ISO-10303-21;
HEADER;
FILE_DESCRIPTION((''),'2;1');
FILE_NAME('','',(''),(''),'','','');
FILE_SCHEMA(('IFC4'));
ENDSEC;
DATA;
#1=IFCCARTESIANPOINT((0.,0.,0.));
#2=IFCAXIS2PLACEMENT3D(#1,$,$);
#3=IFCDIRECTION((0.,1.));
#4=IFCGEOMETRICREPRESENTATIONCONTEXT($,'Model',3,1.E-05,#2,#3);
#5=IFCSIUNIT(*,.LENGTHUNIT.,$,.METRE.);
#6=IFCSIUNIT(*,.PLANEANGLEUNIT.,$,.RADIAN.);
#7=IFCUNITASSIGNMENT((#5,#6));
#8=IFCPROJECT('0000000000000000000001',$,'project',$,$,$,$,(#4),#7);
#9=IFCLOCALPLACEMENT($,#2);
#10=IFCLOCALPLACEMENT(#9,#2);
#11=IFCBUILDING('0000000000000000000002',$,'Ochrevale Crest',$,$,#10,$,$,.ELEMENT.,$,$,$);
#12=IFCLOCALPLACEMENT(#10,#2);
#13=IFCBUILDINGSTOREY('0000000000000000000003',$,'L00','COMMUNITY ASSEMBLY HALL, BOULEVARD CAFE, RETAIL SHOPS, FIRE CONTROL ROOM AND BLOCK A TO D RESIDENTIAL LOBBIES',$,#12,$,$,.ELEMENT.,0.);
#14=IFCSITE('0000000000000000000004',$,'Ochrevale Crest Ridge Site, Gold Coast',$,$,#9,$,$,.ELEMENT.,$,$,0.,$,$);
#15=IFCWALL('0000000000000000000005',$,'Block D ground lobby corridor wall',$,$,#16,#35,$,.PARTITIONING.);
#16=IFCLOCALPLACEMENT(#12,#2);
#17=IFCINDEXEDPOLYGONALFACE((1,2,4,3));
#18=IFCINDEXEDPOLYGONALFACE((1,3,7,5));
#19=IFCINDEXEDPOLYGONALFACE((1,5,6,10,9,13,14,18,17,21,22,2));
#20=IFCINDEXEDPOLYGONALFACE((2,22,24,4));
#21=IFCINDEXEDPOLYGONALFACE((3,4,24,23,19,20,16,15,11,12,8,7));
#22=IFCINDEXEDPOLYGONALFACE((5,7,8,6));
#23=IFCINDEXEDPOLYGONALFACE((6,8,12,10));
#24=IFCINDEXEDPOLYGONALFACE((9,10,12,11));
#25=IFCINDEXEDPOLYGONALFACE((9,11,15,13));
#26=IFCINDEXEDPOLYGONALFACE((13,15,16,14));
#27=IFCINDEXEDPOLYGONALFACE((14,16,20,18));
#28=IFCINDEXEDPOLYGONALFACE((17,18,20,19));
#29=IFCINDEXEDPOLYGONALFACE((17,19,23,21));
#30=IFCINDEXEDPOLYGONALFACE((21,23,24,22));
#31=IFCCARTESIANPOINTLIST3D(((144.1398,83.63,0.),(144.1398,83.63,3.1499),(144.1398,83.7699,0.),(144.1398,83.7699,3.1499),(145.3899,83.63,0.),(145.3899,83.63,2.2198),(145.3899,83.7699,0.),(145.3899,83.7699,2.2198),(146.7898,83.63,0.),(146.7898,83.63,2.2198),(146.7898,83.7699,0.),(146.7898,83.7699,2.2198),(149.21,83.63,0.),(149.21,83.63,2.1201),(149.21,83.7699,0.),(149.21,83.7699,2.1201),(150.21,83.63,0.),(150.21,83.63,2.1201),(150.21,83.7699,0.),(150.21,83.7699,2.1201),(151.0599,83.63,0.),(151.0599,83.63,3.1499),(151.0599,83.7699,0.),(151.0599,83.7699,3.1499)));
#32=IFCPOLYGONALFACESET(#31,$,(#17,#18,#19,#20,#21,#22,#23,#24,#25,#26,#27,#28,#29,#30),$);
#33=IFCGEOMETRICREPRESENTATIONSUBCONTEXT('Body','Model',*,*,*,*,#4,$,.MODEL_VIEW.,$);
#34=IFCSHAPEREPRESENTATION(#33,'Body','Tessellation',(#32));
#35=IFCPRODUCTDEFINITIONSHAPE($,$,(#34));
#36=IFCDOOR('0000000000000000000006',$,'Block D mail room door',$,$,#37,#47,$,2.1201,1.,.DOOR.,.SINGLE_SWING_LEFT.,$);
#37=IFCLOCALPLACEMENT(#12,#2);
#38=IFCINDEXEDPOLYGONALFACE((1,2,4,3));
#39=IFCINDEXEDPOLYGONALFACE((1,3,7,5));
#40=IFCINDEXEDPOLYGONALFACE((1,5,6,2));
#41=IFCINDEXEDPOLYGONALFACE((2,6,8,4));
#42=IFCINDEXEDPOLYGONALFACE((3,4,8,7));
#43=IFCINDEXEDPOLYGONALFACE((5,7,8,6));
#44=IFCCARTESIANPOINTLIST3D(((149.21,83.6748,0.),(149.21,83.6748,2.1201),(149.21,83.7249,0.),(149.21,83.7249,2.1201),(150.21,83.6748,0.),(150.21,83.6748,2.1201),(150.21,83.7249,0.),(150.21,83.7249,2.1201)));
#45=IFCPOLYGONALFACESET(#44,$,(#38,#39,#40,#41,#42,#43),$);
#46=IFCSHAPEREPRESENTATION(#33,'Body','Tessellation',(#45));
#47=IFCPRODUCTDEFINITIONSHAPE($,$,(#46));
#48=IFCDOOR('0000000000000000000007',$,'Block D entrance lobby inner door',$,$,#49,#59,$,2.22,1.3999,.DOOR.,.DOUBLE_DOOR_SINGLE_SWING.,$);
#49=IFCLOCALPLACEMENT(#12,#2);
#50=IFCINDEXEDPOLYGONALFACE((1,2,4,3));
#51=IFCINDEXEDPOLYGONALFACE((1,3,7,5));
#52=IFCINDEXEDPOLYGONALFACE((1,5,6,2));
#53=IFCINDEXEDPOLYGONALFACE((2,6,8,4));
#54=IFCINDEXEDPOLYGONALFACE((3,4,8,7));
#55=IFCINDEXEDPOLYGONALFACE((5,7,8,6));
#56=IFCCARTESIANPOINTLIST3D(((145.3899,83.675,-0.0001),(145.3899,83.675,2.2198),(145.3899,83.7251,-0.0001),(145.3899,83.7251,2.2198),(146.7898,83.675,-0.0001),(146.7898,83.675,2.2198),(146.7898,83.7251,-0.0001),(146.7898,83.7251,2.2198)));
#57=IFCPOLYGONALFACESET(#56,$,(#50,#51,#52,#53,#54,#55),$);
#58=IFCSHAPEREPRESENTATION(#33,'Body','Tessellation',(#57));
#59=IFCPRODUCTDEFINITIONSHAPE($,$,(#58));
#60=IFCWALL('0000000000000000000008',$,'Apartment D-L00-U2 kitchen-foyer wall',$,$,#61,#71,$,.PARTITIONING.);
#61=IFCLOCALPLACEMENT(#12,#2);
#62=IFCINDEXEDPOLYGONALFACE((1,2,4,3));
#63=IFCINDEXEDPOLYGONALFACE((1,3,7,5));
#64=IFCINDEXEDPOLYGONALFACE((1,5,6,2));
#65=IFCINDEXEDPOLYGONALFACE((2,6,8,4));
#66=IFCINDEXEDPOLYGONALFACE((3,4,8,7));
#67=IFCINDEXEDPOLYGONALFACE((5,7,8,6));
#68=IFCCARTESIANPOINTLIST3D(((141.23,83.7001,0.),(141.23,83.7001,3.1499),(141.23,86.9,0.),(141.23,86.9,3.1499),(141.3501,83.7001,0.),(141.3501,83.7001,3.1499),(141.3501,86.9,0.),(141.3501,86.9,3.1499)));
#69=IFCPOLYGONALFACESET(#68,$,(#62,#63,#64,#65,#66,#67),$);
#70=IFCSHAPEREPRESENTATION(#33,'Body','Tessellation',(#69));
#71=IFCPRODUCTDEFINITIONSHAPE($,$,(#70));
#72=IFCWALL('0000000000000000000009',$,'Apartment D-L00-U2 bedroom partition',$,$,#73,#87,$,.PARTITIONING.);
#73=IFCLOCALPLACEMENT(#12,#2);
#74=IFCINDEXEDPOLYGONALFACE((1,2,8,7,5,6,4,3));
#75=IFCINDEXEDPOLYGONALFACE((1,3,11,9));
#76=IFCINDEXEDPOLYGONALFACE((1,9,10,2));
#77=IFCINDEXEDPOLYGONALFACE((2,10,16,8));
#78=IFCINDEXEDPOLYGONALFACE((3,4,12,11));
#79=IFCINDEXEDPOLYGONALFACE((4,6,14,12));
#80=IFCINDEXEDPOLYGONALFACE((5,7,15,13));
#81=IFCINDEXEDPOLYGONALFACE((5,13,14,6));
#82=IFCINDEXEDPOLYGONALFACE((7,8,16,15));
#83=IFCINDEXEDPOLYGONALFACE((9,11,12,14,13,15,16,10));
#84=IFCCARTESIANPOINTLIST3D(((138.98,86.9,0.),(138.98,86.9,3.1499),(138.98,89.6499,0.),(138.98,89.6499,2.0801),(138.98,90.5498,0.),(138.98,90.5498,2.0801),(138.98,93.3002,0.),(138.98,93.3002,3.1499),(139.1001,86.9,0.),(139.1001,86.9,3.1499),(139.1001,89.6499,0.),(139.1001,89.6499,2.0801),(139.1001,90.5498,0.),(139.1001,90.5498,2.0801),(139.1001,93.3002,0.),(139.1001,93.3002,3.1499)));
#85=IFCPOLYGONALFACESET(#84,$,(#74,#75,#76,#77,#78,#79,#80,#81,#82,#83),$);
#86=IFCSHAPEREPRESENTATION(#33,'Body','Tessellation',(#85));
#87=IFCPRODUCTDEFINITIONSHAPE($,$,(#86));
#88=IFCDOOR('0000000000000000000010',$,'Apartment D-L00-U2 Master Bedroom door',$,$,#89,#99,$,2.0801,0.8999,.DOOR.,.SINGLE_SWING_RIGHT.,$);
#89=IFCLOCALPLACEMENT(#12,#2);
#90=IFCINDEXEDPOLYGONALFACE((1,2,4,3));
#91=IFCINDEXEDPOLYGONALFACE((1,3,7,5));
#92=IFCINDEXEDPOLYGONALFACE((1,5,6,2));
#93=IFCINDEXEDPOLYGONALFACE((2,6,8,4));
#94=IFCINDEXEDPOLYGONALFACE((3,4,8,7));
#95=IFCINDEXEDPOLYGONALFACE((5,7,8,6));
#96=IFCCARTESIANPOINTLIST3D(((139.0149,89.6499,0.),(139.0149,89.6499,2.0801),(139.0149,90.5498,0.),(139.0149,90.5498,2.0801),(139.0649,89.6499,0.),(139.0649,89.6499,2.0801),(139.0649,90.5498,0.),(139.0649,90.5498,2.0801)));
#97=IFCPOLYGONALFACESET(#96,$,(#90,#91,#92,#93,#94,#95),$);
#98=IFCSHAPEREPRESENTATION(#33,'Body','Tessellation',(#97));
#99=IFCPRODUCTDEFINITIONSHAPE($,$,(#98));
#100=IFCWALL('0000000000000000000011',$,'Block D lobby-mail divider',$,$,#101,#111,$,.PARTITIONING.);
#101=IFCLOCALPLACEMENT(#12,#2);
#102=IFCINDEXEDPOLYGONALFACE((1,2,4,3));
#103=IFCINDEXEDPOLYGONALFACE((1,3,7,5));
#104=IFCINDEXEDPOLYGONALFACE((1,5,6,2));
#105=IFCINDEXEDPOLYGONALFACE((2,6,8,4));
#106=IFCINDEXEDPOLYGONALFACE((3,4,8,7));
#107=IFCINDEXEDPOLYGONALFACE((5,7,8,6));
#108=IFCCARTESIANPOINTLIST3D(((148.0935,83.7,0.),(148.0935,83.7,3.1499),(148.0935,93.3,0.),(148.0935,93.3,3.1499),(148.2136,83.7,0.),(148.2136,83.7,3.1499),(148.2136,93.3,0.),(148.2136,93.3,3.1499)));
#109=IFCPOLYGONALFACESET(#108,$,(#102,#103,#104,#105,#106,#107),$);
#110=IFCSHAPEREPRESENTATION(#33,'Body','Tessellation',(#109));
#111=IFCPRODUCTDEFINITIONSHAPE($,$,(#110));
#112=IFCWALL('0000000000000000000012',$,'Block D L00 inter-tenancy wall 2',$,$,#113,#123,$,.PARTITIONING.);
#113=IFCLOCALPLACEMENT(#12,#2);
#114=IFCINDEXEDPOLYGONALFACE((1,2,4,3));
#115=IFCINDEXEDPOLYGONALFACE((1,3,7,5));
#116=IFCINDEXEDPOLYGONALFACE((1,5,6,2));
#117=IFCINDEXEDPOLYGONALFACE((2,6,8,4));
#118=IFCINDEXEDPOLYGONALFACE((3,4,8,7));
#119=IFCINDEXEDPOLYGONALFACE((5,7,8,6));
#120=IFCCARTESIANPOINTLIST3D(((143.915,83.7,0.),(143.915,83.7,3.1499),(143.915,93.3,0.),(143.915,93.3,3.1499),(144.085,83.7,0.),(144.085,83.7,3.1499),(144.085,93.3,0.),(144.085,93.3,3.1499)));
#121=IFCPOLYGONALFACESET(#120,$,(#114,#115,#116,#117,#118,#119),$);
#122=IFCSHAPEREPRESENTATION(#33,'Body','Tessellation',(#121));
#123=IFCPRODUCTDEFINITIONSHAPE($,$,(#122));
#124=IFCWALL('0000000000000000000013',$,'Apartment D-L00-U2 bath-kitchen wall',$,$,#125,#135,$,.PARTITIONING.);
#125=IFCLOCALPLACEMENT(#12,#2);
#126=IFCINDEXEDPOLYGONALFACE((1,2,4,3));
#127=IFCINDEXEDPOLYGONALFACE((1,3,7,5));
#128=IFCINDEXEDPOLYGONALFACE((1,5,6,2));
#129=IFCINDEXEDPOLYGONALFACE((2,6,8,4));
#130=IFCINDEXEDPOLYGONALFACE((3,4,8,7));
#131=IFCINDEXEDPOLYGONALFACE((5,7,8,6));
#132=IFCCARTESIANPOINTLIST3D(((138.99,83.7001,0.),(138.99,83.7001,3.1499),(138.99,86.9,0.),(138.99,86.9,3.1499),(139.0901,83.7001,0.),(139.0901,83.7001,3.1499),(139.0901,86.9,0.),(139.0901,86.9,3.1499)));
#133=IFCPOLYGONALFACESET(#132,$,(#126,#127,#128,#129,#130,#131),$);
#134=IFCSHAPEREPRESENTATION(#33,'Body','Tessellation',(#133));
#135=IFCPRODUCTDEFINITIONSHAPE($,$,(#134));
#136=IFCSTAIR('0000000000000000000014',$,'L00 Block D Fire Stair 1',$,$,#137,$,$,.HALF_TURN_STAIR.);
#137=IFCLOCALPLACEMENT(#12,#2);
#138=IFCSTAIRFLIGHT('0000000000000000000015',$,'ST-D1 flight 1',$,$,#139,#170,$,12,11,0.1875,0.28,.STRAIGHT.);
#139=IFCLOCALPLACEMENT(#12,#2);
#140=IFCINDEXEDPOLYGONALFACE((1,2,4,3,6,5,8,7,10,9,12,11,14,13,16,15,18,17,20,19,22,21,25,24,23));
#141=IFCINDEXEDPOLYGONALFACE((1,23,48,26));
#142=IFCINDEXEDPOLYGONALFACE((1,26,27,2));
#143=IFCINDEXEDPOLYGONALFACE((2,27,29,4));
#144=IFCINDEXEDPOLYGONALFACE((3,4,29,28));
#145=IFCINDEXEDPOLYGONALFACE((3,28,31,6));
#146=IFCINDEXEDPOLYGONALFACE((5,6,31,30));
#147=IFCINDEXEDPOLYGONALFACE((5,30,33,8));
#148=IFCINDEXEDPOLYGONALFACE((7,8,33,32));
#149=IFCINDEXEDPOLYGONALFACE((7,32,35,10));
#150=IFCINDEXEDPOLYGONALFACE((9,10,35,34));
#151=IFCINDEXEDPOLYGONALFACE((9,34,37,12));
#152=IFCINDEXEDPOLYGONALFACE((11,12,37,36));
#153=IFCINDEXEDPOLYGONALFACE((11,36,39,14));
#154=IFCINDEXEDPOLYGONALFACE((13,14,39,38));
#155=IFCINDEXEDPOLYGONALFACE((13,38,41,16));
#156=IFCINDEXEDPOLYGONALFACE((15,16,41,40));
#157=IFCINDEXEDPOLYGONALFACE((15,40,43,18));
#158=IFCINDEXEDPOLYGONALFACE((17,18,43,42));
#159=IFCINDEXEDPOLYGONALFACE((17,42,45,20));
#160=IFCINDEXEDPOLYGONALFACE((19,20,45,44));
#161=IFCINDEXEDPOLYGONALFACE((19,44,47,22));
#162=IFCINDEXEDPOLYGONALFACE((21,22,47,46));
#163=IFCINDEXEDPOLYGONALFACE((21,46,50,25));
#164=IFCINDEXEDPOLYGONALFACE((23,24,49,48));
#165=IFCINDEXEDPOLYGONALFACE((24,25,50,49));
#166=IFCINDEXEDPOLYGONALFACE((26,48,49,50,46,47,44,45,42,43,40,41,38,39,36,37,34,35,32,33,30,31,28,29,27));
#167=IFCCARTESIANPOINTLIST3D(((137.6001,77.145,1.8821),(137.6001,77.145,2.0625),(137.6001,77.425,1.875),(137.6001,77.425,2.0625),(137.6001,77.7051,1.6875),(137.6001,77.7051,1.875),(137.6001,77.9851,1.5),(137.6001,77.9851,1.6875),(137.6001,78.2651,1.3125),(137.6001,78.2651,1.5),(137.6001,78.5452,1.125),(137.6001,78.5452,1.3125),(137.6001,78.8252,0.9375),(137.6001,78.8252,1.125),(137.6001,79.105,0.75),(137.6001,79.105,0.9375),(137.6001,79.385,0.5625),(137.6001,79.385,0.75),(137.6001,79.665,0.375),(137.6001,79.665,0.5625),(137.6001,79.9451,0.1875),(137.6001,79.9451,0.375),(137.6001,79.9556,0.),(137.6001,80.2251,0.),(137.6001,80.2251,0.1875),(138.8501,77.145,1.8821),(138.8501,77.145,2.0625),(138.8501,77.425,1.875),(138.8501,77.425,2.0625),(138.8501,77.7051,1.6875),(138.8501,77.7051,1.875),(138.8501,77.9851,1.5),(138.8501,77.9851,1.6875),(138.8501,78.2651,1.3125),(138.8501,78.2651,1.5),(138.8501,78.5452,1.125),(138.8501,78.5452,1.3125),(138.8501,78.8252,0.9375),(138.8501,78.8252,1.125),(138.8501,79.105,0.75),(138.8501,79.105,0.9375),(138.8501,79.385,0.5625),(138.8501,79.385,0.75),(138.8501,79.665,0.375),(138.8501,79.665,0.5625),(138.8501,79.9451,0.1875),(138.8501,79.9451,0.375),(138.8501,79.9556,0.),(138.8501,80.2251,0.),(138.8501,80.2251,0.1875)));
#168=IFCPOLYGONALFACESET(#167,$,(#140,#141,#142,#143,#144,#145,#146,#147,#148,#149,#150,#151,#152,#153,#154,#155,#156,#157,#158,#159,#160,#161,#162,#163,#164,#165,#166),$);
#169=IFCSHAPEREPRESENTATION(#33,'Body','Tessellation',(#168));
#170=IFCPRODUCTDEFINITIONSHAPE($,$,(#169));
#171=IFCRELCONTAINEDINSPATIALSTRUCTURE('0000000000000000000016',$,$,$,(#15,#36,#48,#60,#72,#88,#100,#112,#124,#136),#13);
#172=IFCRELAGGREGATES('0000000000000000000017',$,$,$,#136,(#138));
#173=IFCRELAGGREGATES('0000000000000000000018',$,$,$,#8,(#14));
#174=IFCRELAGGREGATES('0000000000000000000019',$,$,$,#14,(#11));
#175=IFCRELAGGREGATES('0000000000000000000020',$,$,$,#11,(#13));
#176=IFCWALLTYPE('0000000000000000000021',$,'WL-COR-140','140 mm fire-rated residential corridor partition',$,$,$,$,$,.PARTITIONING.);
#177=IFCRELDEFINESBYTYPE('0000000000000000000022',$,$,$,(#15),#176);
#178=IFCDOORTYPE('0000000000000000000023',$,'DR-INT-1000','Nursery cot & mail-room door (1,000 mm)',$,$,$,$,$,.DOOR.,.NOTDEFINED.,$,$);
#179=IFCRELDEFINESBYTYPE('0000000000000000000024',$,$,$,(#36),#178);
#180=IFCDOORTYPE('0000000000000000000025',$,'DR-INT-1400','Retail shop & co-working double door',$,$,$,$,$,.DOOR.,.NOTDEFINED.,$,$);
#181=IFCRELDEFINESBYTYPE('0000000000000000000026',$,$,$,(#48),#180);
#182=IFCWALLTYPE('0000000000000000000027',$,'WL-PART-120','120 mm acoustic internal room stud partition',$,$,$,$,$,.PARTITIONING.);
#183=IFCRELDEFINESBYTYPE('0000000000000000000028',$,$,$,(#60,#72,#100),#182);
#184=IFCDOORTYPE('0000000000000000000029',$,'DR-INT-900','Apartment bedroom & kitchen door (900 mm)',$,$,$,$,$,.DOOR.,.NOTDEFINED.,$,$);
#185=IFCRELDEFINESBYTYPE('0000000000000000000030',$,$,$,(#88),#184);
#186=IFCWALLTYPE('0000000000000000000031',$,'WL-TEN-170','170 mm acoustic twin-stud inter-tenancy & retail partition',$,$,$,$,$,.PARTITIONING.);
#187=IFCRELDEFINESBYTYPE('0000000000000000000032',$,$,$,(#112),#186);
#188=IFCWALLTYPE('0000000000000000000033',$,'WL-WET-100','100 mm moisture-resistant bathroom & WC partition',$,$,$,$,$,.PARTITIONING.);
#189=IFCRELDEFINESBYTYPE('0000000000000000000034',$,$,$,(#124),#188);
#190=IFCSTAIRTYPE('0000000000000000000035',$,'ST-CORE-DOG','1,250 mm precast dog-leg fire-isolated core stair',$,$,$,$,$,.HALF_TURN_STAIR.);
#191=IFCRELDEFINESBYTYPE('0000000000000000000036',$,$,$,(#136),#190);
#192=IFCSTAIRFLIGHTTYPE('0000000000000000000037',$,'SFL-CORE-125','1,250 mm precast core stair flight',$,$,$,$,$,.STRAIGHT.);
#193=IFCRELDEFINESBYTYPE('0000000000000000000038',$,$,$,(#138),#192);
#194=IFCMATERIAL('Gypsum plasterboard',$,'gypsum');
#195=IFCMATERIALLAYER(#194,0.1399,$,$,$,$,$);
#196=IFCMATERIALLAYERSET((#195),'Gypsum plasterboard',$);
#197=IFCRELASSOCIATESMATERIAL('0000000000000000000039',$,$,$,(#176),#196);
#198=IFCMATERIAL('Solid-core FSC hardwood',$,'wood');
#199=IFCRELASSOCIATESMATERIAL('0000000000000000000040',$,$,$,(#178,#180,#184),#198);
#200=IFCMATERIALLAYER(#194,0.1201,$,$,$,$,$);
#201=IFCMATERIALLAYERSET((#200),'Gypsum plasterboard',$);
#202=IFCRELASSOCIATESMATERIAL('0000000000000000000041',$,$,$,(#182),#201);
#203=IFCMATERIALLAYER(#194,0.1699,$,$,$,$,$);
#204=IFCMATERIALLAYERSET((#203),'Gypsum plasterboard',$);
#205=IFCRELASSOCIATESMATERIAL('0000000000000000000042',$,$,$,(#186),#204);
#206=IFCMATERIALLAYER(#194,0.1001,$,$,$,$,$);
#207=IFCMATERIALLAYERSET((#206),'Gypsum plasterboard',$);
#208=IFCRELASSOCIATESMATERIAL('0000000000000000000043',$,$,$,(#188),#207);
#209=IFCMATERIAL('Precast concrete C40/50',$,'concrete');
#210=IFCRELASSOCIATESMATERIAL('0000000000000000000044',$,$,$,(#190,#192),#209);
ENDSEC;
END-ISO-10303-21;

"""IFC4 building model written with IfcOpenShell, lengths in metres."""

from ifc_helpers import new_model, si_unit, direction, frame, frame_2d, origin, place, context, subcontext, project, spatial, polyline, rectangle, outline, extrude, material, layer, layer_set, type_object, element, fill, aggregate, save


model = new_model("IFC4")

# Units and contexts
model_context = context("Model", 3, precision=1e-05, world=origin(), true_north=direction((0.0, 1.0)))
body_context = subcontext(model_context, "Body", "Model", "MODEL_VIEW")
ifc_project = project(units=[si_unit("LENGTHUNIT", "METRE"), si_unit("PLANEANGLEUNIT", "RADIAN")], contexts=[model_context])

# Site, building, storey
site_placement = place(None, origin())
site = spatial("IfcSite", under=ifc_project, at=site_placement, Name="Ochrevale Crest Ridge Site, Gold Coast", CompositionType="ELEMENT", RefElevation=0.0)
building_placement = place(site_placement, origin())
building = spatial("IfcBuilding", under=site, at=building_placement, Name="Ochrevale Crest", CompositionType="ELEMENT")
storey_placement = place(building_placement, origin())
storey = spatial("IfcBuildingStorey", under=building, at=storey_placement, Name="L00", Description="COMMUNITY ASSEMBLY HALL, BOULEVARD CAFE, RETAIL SHOPS, FIRE CONTROL ROOM AND BLOCK A TO D RESIDENTIAL LOBBIES", CompositionType="ELEMENT", Elevation=0.0)

# Shared definitions
ifc_material_1 = material(Name="Precast concrete C40/50", Category="concrete")

# Wall, openings, doors
ifc_material_2 = material(Name="Gypsum plasterboard", Category="gypsum")
ifc_layer_1 = layer(ifc_material_2, 0.1399)
ifc_layer_set_1 = layer_set([ifc_layer_1], Name="Gypsum plasterboard")
wall_type_1 = type_object("IfcWallType", Name="WL-COR-140", Description="140 mm fire-rated residential corridor partition", PredefinedType="PARTITIONING", material=ifc_layer_set_1)
wall_1_placement = place(storey_placement, frame((144.1399, 83.7, 0.0), z_axis=(0.0, 0.0, 1.0), x_axis=(1.0, 0.0, 0.0)))
wall_1 = element("IfcWall", 1, at=wall_1_placement, inside=storey, type_object=wall_type_1, Name="Block D ground lobby corridor wall", PredefinedType="PARTITIONING", context=body_context, shape_type="SweptSolid", body=[
    extrude(rectangle(XDim=6.9202, YDim=0.1399, at=frame_2d((3.46, 0.0))), origin(), (0.0, 0.0, 1.0), 3.1499),
])
opening_1_placement = place(wall_1_placement, frame((2.6499, 0.0, 0.0), z_axis=(0.0, 0.0, 1.0), x_axis=(-1.0, 0.0, 0.0)))
opening_1 = element("IfcOpeningElement", 2, at=opening_1_placement, cuts=wall_1, PredefinedType="OPENING", context=body_context, shape_type="SweptSolid", body=[
    extrude(rectangle(XDim=1.3999, YDim=2.22, at=frame_2d((0.7, 1.1099))), frame((0.0, 0.0801, 0.0), z_axis=(0.0, -1.0, 0.0), x_axis=(1.0, 0.0, 0.0)), (0.0, 0.0, 1.0), 0.1599),
])
opening_2_placement = place(wall_1_placement, frame((5.0701, 0.0, 0.0)))
opening_2 = element("IfcOpeningElement", 3, at=opening_2_placement, cuts=wall_1, PredefinedType="OPENING", context=body_context, shape_type="SweptSolid", body=[
    extrude(rectangle(XDim=1.0, YDim=2.1201, at=frame_2d((0.5, 1.0601))), frame((0.0, 0.0801, 0.0), z_axis=(0.0, -1.0, 0.0), x_axis=(1.0, 0.0, 0.0)), (0.0, 0.0, 1.0), 0.1599),
])
ifc_material_3 = material(Name="Solid-core FSC hardwood", Category="wood")
door_type_1 = type_object("IfcDoorType", Name="DR-INT-1000", Description="Nursery cot & mail-room door (1,000 mm)", OperationType="NOTDEFINED", PredefinedType="DOOR", material=ifc_material_3)
door_1_placement = place(opening_2_placement, origin())
door_1 = element("IfcDoor", 4, at=door_1_placement, inside=storey, type_object=door_type_1, Name="Block D mail room door", OperationType="SINGLE_SWING_LEFT", OverallHeight=2.1201, OverallWidth=1.0, PredefinedType="DOOR", context=body_context, shape_type="SweptSolid", body=[
    extrude(rectangle(XDim=1.0, YDim=2.1201, at=frame_2d((0.5, 1.0601))), frame((0.0, 0.0249, 0.0), z_axis=(0.0, -1.0, 0.0), x_axis=(1.0, 0.0, 0.0)), (0.0, 0.0, 1.0), 0.05),
])
fill(opening_2, door_1)
door_type_2 = type_object("IfcDoorType", Name="DR-INT-1400", Description="Retail shop & co-working double door", OperationType="NOTDEFINED", PredefinedType="DOOR", material=ifc_material_3)
door_2_placement = place(opening_1_placement, origin())
door_2 = element("IfcDoor", 5, at=door_2_placement, inside=storey, type_object=door_type_2, Name="Block D entrance lobby inner door", OperationType="DOUBLE_DOOR_SINGLE_SWING", OverallHeight=2.22, OverallWidth=1.3999, PredefinedType="DOOR", context=body_context, shape_type="SweptSolid", body=[
    extrude(rectangle(XDim=1.3999, YDim=2.22, at=frame_2d((0.7, 1.1099))), frame((0.0, 0.0249, 0.0), z_axis=(0.0, -1.0, 0.0), x_axis=(1.0, 0.0, 0.0)), (0.0, 0.0, 1.0), 0.05),
])
fill(opening_1, door_2)

# Wall
ifc_layer_2 = layer(ifc_material_2, 0.1201)
ifc_layer_set_2 = layer_set([ifc_layer_2], Name="Gypsum plasterboard")
wall_type_2 = type_object("IfcWallType", Name="WL-PART-120", Description="120 mm acoustic internal room stud partition", PredefinedType="PARTITIONING", material=ifc_layer_set_2)
wall_2_placement = place(storey_placement, frame((141.29, 83.7, 0.0), z_axis=(0.0, 0.0, 1.0), x_axis=(0.0, 1.0, 0.0)))
element("IfcWall", 6, at=wall_2_placement, inside=storey, type_object=wall_type_2, Name="Apartment D-L00-U2 kitchen-foyer wall", PredefinedType="PARTITIONING", context=body_context, shape_type="SweptSolid", body=[
    extrude(rectangle(XDim=3.2, YDim=0.1201, at=frame_2d((1.6001, 0.0))), origin(), (0.0, 0.0, 1.0), 3.1499),
])

# Wall, opening, door
wall_3_placement = place(storey_placement, frame((139.04, 86.8999, 0.0), z_axis=(0.0, 0.0, 1.0), x_axis=(0.0, 1.0, 0.0)))
wall_3 = element("IfcWall", 7, at=wall_3_placement, inside=storey, type_object=wall_type_2, Name="Apartment D-L00-U2 bedroom partition", PredefinedType="PARTITIONING", context=body_context, shape_type="SweptSolid", body=[
    extrude(rectangle(XDim=6.4001, YDim=0.1201, at=frame_2d((3.2002, 0.0))), origin(), (0.0, 0.0, 1.0), 3.1499),
])
opening_3_placement = place(wall_3_placement, frame((3.6499, 0.0, 0.0), z_axis=(0.0, 0.0, 1.0), x_axis=(-1.0, 0.0, 0.0)))
opening_3 = element("IfcOpeningElement", 8, at=opening_3_placement, cuts=wall_3, PredefinedType="OPENING", context=body_context, shape_type="SweptSolid", body=[
    extrude(rectangle(XDim=0.8999, YDim=2.0801, at=frame_2d((0.45, 1.04))), frame((0.0, 0.0701, 0.0), z_axis=(0.0, -1.0, 0.0), x_axis=(1.0, 0.0, 0.0)), (0.0, 0.0, 1.0), 0.1401),
])
door_type_3 = type_object("IfcDoorType", Name="DR-INT-900", Description="Apartment bedroom & kitchen door (900 mm)", OperationType="NOTDEFINED", PredefinedType="DOOR", material=ifc_material_3)
door_3_placement = place(opening_3_placement, origin())
door_3 = element("IfcDoor", 9, at=door_3_placement, inside=storey, type_object=door_type_3, Name="Apartment D-L00-U2 Master Bedroom door", OperationType="SINGLE_SWING_RIGHT", OverallHeight=2.0801, OverallWidth=0.8999, PredefinedType="DOOR", context=body_context, shape_type="SweptSolid", body=[
    extrude(rectangle(XDim=0.8999, YDim=2.0801, at=frame_2d((0.45, 1.04))), frame((0.0, 0.0249, 0.0), z_axis=(0.0, -1.0, 0.0), x_axis=(1.0, 0.0, 0.0)), (0.0, 0.0, 1.0), 0.05),
])
fill(opening_3, door_3)

# Walls
wall_4_placement = place(storey_placement, frame((148.1536, 83.7, 0.0), z_axis=(0.0, 0.0, 1.0), x_axis=(0.0, 1.0, 0.0)))
element("IfcWall", 10, at=wall_4_placement, inside=storey, type_object=wall_type_2, Name="Block D lobby-mail divider", PredefinedType="PARTITIONING", context=body_context, shape_type="SweptSolid", body=[
    extrude(rectangle(XDim=9.6001, YDim=0.1201, at=frame_2d((4.8, 0.0))), origin(), (0.0, 0.0, 1.0), 3.1499),
])
ifc_layer_3 = layer(ifc_material_2, 0.1699)
ifc_layer_set_3 = layer_set([ifc_layer_3], Name="Gypsum plasterboard")
wall_type_3 = type_object("IfcWallType", Name="WL-TEN-170", Description="170 mm acoustic twin-stud inter-tenancy & retail partition", PredefinedType="PARTITIONING", material=ifc_layer_set_3)
wall_5_placement = place(storey_placement, frame((144.0, 83.7, 0.0), z_axis=(0.0, 0.0, 1.0), x_axis=(0.0, 1.0, 0.0)))
element("IfcWall", 11, at=wall_5_placement, inside=storey, type_object=wall_type_3, Name="Block D L00 inter-tenancy wall 2", PredefinedType="PARTITIONING", context=body_context, shape_type="SweptSolid", body=[
    extrude(rectangle(XDim=9.6001, YDim=0.1699, at=frame_2d((4.8, 0.0))), origin(), (0.0, 0.0, 1.0), 3.1499),
])
ifc_layer_4 = layer(ifc_material_2, 0.1001)
ifc_layer_set_4 = layer_set([ifc_layer_4], Name="Gypsum plasterboard")
wall_type_4 = type_object("IfcWallType", Name="WL-WET-100", Description="100 mm moisture-resistant bathroom & WC partition", PredefinedType="PARTITIONING", material=ifc_layer_set_4)
wall_6_placement = place(storey_placement, frame((139.04, 83.7, 0.0), z_axis=(0.0, 0.0, 1.0), x_axis=(0.0, 1.0, 0.0)))
element("IfcWall", 12, at=wall_6_placement, inside=storey, type_object=wall_type_4, Name="Apartment D-L00-U2 bath-kitchen wall", PredefinedType="PARTITIONING", context=body_context, shape_type="SweptSolid", body=[
    extrude(rectangle(XDim=3.2, YDim=0.1001, at=frame_2d((1.6001, 0.0))), origin(), (0.0, 0.0, 1.0), 3.1499),
])

# Stair, stair flight
stair_type = type_object("IfcStairType", Name="ST-CORE-DOG", Description="1,250 mm precast dog-leg fire-isolated core stair", PredefinedType="HALF_TURN_STAIR", material=ifc_material_1)
stair_placement = place(storey_placement, origin())
stair = element("IfcStair", 13, at=stair_placement, inside=storey, type_object=stair_type, Name="L00 Block D Fire Stair 1", PredefinedType="HALF_TURN_STAIR")
stair_flight_type = type_object("IfcStairFlightType", Name="SFL-CORE-125", Description="1,250 mm precast core stair flight", PredefinedType="STRAIGHT", material=ifc_material_1)
stair_flight_placement = place(storey_placement, frame((138.2251, 80.2251, 0.0), z_axis=(0.0, 0.0, 1.0), x_axis=(0.0, -1.0, 0.0)))
stair_flight = element("IfcStairFlight", 14, at=stair_flight_placement, type_object=stair_flight_type, Name="ST-D1 flight 1", NumberOfRisers=12, NumberOfTreads=11, PredefinedType="STRAIGHT", RiserHeight=0.1875, TreadLength=0.28, context=body_context, shape_type="SweptSolid", body=[
    extrude(outline(polyline([(0.0, 0.0), (0.0, 0.1875), (0.28, 0.1875), (0.28, 0.375), (0.5601, 0.375), (0.5601, 0.5625), (0.8401, 0.5625), (0.8401, 0.75), (1.1201, 0.75), (1.1201, 0.9375), (1.3999, 0.9375), (1.3999, 1.125), (1.6799, 1.125), (1.6799, 1.3125), (1.96, 1.3125), (1.96, 1.5), (2.24, 1.5), (2.24, 1.6875), (2.52, 1.6875), (2.52, 1.875), (2.8, 1.875), (2.8, 2.0625), (3.0801, 2.0625), (3.0801, 2.25), (3.0801, 1.8821), (0.2695, 0.0), (0.0, 0.0)])), frame((0.0, 0.625, 0.0), z_axis=(0.0, -1.0, 0.0), x_axis=(1.0, 0.0, 0.0)), (0.0, 0.0, 1.0), 1.25),
])
aggregate(stair, [stair_flight])

save(model, "model.ifc")
